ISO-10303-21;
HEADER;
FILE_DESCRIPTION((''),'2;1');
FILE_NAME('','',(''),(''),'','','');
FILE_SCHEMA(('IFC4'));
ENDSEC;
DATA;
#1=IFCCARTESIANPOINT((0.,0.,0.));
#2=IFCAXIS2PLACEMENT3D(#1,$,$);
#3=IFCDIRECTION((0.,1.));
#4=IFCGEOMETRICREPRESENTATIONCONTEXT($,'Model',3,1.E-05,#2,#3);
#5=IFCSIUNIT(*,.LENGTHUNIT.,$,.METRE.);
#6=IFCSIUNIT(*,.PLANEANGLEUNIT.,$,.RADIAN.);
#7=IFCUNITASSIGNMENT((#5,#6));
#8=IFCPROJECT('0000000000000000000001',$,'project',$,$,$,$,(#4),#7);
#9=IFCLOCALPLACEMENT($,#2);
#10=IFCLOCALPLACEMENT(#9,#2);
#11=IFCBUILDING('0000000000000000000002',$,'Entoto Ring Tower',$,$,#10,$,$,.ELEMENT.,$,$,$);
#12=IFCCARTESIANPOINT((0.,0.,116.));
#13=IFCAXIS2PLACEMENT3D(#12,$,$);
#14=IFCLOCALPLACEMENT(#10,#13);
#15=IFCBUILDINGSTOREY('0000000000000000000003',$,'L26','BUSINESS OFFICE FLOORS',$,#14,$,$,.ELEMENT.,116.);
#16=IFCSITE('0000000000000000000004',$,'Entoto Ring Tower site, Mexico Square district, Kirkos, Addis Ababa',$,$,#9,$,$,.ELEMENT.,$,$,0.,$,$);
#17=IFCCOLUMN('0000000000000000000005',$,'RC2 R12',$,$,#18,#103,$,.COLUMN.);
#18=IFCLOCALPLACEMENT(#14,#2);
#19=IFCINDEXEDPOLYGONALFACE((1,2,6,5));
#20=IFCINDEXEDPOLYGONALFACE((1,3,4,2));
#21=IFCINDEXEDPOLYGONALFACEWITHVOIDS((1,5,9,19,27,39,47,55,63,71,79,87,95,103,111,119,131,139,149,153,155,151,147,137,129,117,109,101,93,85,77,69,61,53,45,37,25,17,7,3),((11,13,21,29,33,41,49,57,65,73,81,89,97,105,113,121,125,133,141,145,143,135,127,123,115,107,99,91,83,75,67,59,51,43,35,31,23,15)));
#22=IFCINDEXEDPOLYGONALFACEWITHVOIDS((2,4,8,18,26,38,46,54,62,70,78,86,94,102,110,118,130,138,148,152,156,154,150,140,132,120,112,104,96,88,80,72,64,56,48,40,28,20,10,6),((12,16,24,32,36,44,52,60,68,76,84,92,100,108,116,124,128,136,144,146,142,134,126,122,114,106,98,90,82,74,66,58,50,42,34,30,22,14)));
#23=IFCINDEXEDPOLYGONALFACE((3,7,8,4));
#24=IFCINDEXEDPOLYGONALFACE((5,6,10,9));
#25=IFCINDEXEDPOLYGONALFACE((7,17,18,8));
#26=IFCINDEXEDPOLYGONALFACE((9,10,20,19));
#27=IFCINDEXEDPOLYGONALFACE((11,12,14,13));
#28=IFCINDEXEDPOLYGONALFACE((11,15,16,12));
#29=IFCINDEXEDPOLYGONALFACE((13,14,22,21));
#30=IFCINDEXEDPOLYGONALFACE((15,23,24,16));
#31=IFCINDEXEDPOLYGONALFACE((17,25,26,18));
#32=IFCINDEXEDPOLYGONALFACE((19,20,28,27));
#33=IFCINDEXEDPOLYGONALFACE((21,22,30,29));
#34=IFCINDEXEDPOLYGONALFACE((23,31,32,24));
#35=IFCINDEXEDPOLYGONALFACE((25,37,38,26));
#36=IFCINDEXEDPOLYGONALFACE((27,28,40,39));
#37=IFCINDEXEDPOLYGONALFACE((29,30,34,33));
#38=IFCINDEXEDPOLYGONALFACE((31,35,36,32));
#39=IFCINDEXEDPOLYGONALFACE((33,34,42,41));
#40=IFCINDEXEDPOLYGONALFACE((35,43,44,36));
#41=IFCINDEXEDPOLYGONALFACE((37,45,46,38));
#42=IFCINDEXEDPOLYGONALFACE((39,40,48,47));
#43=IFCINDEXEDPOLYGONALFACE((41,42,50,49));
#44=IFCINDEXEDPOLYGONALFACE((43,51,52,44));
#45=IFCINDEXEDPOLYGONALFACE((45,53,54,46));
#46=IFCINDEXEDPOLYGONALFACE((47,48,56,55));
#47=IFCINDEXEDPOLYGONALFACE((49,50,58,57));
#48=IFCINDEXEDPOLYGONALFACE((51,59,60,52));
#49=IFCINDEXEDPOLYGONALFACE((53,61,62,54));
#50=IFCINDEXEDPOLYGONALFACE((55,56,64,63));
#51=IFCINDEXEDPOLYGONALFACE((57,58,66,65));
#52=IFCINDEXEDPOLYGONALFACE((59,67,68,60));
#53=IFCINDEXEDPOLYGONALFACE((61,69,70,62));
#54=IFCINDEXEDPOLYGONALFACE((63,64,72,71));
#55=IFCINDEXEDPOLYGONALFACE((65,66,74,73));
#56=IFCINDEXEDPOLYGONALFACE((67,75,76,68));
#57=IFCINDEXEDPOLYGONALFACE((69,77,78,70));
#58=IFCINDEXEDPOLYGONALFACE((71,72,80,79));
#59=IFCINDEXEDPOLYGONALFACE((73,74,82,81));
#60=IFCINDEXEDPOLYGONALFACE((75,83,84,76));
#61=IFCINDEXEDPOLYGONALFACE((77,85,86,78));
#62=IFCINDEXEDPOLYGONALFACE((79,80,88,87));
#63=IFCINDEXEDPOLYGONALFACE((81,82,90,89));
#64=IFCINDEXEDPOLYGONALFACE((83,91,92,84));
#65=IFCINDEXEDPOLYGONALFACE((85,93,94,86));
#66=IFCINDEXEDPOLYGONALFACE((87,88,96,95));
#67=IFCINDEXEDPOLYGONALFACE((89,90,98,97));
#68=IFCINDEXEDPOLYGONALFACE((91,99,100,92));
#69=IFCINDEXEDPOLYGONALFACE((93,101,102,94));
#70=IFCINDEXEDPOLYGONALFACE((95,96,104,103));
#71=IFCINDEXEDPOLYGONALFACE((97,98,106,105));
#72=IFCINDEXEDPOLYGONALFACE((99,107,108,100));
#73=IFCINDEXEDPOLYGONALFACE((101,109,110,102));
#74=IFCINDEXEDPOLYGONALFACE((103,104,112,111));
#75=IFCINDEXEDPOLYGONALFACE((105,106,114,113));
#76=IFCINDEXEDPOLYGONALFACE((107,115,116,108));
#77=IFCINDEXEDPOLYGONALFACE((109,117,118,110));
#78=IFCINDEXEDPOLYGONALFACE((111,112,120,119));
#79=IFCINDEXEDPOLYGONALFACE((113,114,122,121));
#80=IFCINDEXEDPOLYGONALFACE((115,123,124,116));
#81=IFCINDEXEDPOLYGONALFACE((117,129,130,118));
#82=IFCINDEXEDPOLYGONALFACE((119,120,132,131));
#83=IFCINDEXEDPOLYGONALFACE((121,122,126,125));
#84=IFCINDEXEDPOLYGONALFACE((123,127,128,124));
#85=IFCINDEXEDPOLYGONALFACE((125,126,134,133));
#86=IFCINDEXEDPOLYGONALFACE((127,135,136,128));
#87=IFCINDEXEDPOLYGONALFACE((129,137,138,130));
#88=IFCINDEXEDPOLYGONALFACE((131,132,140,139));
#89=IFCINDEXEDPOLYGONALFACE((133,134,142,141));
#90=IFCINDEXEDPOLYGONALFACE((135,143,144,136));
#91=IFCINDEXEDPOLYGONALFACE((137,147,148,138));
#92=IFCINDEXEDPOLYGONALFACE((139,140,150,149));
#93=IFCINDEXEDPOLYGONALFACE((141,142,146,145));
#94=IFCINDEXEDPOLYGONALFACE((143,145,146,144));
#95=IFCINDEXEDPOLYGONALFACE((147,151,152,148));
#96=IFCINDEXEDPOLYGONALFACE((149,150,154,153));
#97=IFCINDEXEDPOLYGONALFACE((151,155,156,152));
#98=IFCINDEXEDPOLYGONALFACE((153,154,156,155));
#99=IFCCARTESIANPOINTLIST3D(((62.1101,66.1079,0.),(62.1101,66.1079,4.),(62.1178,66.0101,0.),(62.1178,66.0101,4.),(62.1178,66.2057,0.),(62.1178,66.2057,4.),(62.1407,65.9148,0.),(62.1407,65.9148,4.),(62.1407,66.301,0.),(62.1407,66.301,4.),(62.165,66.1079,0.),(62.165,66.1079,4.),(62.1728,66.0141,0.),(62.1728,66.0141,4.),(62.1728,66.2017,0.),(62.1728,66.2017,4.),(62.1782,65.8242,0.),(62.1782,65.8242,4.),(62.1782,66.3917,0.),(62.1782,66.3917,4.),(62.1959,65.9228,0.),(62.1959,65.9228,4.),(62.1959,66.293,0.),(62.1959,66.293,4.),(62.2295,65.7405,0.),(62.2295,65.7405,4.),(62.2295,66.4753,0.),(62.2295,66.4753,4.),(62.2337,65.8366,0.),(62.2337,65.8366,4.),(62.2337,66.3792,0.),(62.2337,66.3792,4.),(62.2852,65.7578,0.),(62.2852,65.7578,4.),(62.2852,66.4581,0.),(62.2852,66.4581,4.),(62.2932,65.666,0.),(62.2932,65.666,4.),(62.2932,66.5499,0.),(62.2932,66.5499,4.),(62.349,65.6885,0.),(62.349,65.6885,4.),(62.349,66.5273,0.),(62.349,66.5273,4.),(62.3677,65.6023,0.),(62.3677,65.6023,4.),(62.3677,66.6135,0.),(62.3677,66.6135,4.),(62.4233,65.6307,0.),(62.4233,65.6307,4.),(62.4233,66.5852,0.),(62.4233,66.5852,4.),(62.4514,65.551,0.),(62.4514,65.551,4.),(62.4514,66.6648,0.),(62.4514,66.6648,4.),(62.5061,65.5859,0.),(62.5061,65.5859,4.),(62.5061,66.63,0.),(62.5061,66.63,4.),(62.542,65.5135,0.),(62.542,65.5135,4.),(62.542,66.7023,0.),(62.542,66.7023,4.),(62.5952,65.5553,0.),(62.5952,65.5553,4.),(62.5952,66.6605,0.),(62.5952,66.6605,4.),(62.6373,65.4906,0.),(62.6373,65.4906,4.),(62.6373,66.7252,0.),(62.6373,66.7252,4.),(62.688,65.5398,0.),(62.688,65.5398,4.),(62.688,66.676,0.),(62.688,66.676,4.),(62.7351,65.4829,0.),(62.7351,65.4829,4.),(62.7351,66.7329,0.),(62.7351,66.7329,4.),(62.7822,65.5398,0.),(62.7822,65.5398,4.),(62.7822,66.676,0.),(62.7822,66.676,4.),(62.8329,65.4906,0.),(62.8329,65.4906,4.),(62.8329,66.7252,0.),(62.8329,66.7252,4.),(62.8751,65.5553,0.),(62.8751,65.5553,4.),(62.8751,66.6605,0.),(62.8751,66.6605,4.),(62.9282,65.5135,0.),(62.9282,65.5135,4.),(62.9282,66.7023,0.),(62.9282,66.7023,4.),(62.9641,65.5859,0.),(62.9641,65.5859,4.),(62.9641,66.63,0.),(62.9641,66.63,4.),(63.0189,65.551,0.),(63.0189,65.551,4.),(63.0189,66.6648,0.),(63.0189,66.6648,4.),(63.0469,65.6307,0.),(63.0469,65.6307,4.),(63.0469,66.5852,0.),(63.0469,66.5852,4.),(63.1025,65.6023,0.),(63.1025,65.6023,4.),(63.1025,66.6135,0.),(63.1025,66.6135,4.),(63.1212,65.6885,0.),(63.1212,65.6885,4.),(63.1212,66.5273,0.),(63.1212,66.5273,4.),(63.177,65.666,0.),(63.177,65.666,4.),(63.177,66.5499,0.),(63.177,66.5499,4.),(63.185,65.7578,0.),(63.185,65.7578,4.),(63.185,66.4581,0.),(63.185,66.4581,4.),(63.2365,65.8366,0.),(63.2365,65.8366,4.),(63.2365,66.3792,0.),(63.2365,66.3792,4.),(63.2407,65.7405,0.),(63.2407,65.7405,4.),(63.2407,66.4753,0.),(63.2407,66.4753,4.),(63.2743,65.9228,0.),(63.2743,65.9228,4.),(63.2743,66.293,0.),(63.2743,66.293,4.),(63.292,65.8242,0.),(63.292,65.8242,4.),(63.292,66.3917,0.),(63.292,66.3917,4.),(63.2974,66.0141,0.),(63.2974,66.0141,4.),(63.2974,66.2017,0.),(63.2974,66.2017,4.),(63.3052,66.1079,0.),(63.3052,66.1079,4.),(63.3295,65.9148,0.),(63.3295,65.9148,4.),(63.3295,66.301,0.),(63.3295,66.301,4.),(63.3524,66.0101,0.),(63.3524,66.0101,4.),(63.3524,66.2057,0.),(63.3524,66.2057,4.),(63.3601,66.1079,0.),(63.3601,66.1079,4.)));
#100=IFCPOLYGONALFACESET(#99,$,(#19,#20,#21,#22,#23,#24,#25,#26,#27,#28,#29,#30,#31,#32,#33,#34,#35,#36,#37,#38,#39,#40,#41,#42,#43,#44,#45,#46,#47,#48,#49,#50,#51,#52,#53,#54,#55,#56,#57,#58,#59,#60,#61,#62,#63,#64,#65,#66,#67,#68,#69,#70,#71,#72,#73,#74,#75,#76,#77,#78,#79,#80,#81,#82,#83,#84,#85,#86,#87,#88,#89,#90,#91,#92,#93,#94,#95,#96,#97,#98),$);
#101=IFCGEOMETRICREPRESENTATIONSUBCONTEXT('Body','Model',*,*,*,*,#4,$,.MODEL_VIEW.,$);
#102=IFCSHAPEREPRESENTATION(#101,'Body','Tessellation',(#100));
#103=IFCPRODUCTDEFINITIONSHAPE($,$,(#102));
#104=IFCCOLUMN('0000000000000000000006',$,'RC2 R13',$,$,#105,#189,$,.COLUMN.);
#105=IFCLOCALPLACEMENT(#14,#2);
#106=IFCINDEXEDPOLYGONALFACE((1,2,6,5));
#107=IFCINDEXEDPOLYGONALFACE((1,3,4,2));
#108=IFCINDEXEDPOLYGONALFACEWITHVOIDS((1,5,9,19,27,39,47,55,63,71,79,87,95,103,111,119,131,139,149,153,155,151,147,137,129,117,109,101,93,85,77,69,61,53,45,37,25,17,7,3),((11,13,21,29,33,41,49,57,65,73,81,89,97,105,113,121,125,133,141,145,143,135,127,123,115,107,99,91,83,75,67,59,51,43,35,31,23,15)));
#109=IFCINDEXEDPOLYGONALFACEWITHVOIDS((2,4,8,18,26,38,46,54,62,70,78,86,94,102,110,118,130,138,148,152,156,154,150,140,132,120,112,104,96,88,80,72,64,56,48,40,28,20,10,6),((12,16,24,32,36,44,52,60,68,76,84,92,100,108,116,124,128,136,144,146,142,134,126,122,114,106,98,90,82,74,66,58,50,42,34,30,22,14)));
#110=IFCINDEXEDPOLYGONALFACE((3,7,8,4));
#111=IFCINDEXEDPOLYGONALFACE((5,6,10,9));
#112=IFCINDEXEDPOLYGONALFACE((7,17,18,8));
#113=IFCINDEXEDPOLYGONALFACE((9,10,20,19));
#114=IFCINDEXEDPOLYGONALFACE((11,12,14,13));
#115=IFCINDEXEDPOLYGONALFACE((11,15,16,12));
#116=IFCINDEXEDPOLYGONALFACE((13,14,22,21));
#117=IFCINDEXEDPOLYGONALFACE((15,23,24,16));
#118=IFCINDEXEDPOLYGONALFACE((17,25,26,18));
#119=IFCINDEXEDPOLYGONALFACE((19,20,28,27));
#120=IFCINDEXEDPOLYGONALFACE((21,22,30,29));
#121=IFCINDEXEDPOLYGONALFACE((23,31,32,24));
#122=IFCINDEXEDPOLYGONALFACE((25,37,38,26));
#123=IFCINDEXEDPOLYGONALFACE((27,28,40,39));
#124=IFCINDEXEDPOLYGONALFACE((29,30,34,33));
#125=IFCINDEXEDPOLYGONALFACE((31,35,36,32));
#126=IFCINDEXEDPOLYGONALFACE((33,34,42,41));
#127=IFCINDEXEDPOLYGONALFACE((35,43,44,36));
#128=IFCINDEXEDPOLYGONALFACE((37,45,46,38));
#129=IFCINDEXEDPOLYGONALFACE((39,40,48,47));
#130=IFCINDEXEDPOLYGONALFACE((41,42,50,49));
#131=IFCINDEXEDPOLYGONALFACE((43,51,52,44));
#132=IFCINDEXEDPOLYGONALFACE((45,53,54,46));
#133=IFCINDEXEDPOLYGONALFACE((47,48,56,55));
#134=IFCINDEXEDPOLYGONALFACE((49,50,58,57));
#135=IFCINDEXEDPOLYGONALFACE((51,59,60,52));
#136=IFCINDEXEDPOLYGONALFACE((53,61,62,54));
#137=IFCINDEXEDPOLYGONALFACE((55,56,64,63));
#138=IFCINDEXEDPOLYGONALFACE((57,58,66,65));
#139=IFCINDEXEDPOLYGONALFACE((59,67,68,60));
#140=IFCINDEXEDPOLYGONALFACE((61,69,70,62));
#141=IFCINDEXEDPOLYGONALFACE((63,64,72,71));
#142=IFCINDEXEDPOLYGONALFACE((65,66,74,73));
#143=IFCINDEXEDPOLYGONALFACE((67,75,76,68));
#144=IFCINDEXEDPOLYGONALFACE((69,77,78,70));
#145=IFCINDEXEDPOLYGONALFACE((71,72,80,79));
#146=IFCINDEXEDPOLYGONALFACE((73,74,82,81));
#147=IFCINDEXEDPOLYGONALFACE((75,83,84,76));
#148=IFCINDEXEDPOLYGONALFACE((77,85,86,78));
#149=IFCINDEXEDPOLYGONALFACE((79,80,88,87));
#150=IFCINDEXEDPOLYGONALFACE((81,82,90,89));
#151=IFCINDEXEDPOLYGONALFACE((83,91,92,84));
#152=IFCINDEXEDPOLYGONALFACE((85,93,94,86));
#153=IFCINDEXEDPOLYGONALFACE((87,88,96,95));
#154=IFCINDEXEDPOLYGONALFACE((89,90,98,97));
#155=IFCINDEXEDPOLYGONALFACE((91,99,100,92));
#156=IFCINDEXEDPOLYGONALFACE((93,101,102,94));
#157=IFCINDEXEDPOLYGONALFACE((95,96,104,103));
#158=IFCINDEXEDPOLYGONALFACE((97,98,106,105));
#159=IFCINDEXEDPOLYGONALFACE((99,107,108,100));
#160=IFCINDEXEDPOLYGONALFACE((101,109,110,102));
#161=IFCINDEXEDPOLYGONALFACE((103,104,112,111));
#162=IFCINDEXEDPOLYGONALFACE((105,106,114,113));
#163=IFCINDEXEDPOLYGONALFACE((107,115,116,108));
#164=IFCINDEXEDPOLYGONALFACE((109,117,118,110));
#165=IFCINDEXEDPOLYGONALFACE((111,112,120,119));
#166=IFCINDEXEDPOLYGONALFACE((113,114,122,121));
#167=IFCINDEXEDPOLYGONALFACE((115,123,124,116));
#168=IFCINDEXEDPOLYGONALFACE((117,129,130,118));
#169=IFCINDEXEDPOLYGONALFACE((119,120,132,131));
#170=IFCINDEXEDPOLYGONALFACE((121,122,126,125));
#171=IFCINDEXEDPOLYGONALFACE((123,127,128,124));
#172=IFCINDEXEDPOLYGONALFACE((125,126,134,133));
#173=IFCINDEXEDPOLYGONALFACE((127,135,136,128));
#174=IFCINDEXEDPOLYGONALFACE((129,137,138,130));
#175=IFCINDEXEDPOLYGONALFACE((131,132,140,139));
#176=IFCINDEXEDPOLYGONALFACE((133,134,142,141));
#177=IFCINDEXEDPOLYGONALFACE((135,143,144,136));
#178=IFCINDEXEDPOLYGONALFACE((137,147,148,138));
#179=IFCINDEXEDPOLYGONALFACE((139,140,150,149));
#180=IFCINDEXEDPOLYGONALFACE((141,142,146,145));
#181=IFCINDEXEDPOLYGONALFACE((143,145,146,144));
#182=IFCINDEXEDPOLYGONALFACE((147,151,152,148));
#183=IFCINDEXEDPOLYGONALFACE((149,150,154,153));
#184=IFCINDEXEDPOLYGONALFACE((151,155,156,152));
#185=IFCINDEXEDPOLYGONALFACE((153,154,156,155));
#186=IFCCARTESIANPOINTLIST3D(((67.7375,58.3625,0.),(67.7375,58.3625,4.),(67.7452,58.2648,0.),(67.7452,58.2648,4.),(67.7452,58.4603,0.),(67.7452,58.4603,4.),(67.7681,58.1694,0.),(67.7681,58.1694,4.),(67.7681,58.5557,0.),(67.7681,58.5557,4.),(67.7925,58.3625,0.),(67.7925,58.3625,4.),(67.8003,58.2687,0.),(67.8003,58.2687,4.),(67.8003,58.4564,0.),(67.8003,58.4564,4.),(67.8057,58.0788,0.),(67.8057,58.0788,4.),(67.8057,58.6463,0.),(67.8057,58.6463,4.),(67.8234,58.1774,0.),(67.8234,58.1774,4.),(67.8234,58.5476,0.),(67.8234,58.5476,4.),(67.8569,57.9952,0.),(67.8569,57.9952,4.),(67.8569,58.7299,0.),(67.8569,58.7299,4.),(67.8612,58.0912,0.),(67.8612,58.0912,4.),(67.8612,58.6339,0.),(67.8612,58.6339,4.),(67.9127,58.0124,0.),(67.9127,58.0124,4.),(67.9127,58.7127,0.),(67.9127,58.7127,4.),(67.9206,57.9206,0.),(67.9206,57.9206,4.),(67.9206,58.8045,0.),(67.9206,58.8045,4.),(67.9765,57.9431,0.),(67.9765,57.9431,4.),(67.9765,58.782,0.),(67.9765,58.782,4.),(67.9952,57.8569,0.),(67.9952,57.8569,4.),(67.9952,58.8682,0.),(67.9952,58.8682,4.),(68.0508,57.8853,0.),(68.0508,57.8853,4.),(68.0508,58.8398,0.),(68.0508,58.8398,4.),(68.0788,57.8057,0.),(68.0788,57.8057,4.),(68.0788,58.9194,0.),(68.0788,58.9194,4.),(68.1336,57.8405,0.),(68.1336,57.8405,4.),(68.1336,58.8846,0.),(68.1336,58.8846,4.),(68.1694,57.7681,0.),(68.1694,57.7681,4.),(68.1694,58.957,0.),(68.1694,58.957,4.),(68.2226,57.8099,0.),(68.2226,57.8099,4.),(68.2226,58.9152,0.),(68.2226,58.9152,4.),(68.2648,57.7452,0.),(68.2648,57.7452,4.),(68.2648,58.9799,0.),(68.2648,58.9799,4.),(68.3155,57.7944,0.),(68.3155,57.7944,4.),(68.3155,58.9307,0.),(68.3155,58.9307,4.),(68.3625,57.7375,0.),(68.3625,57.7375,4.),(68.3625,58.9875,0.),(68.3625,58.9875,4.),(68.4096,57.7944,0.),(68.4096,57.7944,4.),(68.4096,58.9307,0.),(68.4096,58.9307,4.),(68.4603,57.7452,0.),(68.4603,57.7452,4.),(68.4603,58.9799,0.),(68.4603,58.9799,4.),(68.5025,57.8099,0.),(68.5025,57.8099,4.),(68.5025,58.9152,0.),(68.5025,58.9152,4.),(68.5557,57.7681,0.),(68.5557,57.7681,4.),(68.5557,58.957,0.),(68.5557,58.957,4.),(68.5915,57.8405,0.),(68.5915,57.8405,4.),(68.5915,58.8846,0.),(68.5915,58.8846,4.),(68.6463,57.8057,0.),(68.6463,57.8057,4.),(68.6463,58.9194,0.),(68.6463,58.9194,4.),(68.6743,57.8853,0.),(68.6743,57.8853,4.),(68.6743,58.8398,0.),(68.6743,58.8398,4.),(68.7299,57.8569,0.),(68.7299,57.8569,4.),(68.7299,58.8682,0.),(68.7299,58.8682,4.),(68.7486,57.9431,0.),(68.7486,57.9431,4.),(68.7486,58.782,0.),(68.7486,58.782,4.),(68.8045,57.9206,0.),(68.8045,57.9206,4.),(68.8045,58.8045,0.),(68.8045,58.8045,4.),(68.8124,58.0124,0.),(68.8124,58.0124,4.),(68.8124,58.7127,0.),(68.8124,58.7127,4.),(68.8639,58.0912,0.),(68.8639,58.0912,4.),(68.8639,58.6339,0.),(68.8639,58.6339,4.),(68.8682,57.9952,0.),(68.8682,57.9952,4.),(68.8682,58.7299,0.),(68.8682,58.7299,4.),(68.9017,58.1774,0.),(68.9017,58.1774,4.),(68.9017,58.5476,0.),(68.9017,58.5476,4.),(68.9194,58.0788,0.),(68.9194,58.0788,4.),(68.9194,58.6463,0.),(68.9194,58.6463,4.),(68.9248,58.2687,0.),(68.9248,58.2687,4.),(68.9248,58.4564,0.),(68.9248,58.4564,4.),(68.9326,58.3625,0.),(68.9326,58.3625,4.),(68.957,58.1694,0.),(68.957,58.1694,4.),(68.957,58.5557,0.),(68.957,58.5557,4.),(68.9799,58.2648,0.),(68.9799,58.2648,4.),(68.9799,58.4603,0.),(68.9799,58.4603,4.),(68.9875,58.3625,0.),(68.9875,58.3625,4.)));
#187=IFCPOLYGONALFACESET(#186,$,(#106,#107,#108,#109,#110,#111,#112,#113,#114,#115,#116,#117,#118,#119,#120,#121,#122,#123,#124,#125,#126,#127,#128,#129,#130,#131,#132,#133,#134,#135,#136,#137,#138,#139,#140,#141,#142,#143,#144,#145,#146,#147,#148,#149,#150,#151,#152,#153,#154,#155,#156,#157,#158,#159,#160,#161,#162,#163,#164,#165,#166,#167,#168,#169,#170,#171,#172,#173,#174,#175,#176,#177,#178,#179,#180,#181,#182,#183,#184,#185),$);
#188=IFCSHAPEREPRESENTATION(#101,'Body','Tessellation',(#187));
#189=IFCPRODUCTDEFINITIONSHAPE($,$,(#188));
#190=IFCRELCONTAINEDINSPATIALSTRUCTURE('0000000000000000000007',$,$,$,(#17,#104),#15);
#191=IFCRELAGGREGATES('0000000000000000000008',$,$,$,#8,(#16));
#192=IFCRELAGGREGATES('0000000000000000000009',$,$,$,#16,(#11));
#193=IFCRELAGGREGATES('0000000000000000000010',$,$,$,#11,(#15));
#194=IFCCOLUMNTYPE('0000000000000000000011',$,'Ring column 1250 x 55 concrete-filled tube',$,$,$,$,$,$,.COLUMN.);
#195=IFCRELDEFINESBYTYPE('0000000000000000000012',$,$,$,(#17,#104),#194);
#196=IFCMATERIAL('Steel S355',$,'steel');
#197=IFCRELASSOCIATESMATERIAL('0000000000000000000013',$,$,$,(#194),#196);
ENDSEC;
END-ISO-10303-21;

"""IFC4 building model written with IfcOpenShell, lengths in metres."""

from ifc_helpers import new_model, si_unit, direction, frame, origin, origin_2d, place, context, subcontext, project, spatial, circle, hollow_circle, extrude, material, material_profile, profile_set, type_object, element, save


model = new_model("IFC4")

# Units and contexts
model_context = context("Model", 3, precision=1e-05, world=origin(), true_north=direction((0.0, 1.0)))
body_context = subcontext(model_context, "Body", "Model", "MODEL_VIEW")
ifc_project = project(units=[si_unit("LENGTHUNIT", "METRE"), si_unit("PLANEANGLEUNIT", "RADIAN")], contexts=[model_context])

# Site, building, storey
site_placement = place(None, origin())
site = spatial("IfcSite", under=ifc_project, at=site_placement, Name="Entoto Ring Tower site, Mexico Square district, Kirkos, Addis Ababa", CompositionType="ELEMENT", RefElevation=0.0)
building_placement = place(site_placement, origin())
building = spatial("IfcBuilding", under=site, at=building_placement, Name="Entoto Ring Tower", CompositionType="ELEMENT")
storey_placement = place(building_placement, frame((0.0, 0.0, 116.0)))
storey = spatial("IfcBuildingStorey", under=building, at=storey_placement, Name="L26", Description="BUSINESS OFFICE FLOORS", CompositionType="ELEMENT", Elevation=116.0)

# Columns
ifc_material_1 = material(Name="Steel S355", Category="steel")
ifc_material_profile_1 = material_profile(ifc_material_1, hollow_circle(Radius=0.625, WallThickness=0.0549, at=origin_2d()), Name="CHS 1250 x 55")
ifc_material_2 = material(Name="Concrete C60/75", Category="concrete")
ifc_material_profile_2 = material_profile(ifc_material_2, circle(Radius=0.5701, at=origin_2d()), Name="Concrete C60/75 infill")
ifc_profile_set_1 = profile_set([ifc_material_profile_1, ifc_material_profile_2], Name="Steel S355")
column_type = type_object("IfcColumnType", Name="Ring column 1250 x 55 concrete-filled tube", PredefinedType="COLUMN", material=ifc_profile_set_1)
for number, where, z_axis, x_axis, name in (
    (1, (62.7351, 66.1079, 0.0), (0.0, 0.0, 1.0), (1.0, 0.0, 0.0), "RC2 R12"),
    (2, (68.3625, 58.3625, 0.0), (0.0, 0.0, 1.0), (1.0, 0.0, 0.0), "RC2 R13"),
):
    element("IfcColumn", number, at=place(storey_placement, frame(where, z_axis=z_axis, x_axis=x_axis)), inside=storey, type_object=column_type, Name=name, PredefinedType="COLUMN", context=body_context, shape_type="SweptSolid", body=[
        extrude(hollow_circle(Radius=0.625, WallThickness=0.0549, at=origin_2d()), origin(), (0.0, 0.0, 1.0), 4.0),
    ])

save(model, "model.ifc")
